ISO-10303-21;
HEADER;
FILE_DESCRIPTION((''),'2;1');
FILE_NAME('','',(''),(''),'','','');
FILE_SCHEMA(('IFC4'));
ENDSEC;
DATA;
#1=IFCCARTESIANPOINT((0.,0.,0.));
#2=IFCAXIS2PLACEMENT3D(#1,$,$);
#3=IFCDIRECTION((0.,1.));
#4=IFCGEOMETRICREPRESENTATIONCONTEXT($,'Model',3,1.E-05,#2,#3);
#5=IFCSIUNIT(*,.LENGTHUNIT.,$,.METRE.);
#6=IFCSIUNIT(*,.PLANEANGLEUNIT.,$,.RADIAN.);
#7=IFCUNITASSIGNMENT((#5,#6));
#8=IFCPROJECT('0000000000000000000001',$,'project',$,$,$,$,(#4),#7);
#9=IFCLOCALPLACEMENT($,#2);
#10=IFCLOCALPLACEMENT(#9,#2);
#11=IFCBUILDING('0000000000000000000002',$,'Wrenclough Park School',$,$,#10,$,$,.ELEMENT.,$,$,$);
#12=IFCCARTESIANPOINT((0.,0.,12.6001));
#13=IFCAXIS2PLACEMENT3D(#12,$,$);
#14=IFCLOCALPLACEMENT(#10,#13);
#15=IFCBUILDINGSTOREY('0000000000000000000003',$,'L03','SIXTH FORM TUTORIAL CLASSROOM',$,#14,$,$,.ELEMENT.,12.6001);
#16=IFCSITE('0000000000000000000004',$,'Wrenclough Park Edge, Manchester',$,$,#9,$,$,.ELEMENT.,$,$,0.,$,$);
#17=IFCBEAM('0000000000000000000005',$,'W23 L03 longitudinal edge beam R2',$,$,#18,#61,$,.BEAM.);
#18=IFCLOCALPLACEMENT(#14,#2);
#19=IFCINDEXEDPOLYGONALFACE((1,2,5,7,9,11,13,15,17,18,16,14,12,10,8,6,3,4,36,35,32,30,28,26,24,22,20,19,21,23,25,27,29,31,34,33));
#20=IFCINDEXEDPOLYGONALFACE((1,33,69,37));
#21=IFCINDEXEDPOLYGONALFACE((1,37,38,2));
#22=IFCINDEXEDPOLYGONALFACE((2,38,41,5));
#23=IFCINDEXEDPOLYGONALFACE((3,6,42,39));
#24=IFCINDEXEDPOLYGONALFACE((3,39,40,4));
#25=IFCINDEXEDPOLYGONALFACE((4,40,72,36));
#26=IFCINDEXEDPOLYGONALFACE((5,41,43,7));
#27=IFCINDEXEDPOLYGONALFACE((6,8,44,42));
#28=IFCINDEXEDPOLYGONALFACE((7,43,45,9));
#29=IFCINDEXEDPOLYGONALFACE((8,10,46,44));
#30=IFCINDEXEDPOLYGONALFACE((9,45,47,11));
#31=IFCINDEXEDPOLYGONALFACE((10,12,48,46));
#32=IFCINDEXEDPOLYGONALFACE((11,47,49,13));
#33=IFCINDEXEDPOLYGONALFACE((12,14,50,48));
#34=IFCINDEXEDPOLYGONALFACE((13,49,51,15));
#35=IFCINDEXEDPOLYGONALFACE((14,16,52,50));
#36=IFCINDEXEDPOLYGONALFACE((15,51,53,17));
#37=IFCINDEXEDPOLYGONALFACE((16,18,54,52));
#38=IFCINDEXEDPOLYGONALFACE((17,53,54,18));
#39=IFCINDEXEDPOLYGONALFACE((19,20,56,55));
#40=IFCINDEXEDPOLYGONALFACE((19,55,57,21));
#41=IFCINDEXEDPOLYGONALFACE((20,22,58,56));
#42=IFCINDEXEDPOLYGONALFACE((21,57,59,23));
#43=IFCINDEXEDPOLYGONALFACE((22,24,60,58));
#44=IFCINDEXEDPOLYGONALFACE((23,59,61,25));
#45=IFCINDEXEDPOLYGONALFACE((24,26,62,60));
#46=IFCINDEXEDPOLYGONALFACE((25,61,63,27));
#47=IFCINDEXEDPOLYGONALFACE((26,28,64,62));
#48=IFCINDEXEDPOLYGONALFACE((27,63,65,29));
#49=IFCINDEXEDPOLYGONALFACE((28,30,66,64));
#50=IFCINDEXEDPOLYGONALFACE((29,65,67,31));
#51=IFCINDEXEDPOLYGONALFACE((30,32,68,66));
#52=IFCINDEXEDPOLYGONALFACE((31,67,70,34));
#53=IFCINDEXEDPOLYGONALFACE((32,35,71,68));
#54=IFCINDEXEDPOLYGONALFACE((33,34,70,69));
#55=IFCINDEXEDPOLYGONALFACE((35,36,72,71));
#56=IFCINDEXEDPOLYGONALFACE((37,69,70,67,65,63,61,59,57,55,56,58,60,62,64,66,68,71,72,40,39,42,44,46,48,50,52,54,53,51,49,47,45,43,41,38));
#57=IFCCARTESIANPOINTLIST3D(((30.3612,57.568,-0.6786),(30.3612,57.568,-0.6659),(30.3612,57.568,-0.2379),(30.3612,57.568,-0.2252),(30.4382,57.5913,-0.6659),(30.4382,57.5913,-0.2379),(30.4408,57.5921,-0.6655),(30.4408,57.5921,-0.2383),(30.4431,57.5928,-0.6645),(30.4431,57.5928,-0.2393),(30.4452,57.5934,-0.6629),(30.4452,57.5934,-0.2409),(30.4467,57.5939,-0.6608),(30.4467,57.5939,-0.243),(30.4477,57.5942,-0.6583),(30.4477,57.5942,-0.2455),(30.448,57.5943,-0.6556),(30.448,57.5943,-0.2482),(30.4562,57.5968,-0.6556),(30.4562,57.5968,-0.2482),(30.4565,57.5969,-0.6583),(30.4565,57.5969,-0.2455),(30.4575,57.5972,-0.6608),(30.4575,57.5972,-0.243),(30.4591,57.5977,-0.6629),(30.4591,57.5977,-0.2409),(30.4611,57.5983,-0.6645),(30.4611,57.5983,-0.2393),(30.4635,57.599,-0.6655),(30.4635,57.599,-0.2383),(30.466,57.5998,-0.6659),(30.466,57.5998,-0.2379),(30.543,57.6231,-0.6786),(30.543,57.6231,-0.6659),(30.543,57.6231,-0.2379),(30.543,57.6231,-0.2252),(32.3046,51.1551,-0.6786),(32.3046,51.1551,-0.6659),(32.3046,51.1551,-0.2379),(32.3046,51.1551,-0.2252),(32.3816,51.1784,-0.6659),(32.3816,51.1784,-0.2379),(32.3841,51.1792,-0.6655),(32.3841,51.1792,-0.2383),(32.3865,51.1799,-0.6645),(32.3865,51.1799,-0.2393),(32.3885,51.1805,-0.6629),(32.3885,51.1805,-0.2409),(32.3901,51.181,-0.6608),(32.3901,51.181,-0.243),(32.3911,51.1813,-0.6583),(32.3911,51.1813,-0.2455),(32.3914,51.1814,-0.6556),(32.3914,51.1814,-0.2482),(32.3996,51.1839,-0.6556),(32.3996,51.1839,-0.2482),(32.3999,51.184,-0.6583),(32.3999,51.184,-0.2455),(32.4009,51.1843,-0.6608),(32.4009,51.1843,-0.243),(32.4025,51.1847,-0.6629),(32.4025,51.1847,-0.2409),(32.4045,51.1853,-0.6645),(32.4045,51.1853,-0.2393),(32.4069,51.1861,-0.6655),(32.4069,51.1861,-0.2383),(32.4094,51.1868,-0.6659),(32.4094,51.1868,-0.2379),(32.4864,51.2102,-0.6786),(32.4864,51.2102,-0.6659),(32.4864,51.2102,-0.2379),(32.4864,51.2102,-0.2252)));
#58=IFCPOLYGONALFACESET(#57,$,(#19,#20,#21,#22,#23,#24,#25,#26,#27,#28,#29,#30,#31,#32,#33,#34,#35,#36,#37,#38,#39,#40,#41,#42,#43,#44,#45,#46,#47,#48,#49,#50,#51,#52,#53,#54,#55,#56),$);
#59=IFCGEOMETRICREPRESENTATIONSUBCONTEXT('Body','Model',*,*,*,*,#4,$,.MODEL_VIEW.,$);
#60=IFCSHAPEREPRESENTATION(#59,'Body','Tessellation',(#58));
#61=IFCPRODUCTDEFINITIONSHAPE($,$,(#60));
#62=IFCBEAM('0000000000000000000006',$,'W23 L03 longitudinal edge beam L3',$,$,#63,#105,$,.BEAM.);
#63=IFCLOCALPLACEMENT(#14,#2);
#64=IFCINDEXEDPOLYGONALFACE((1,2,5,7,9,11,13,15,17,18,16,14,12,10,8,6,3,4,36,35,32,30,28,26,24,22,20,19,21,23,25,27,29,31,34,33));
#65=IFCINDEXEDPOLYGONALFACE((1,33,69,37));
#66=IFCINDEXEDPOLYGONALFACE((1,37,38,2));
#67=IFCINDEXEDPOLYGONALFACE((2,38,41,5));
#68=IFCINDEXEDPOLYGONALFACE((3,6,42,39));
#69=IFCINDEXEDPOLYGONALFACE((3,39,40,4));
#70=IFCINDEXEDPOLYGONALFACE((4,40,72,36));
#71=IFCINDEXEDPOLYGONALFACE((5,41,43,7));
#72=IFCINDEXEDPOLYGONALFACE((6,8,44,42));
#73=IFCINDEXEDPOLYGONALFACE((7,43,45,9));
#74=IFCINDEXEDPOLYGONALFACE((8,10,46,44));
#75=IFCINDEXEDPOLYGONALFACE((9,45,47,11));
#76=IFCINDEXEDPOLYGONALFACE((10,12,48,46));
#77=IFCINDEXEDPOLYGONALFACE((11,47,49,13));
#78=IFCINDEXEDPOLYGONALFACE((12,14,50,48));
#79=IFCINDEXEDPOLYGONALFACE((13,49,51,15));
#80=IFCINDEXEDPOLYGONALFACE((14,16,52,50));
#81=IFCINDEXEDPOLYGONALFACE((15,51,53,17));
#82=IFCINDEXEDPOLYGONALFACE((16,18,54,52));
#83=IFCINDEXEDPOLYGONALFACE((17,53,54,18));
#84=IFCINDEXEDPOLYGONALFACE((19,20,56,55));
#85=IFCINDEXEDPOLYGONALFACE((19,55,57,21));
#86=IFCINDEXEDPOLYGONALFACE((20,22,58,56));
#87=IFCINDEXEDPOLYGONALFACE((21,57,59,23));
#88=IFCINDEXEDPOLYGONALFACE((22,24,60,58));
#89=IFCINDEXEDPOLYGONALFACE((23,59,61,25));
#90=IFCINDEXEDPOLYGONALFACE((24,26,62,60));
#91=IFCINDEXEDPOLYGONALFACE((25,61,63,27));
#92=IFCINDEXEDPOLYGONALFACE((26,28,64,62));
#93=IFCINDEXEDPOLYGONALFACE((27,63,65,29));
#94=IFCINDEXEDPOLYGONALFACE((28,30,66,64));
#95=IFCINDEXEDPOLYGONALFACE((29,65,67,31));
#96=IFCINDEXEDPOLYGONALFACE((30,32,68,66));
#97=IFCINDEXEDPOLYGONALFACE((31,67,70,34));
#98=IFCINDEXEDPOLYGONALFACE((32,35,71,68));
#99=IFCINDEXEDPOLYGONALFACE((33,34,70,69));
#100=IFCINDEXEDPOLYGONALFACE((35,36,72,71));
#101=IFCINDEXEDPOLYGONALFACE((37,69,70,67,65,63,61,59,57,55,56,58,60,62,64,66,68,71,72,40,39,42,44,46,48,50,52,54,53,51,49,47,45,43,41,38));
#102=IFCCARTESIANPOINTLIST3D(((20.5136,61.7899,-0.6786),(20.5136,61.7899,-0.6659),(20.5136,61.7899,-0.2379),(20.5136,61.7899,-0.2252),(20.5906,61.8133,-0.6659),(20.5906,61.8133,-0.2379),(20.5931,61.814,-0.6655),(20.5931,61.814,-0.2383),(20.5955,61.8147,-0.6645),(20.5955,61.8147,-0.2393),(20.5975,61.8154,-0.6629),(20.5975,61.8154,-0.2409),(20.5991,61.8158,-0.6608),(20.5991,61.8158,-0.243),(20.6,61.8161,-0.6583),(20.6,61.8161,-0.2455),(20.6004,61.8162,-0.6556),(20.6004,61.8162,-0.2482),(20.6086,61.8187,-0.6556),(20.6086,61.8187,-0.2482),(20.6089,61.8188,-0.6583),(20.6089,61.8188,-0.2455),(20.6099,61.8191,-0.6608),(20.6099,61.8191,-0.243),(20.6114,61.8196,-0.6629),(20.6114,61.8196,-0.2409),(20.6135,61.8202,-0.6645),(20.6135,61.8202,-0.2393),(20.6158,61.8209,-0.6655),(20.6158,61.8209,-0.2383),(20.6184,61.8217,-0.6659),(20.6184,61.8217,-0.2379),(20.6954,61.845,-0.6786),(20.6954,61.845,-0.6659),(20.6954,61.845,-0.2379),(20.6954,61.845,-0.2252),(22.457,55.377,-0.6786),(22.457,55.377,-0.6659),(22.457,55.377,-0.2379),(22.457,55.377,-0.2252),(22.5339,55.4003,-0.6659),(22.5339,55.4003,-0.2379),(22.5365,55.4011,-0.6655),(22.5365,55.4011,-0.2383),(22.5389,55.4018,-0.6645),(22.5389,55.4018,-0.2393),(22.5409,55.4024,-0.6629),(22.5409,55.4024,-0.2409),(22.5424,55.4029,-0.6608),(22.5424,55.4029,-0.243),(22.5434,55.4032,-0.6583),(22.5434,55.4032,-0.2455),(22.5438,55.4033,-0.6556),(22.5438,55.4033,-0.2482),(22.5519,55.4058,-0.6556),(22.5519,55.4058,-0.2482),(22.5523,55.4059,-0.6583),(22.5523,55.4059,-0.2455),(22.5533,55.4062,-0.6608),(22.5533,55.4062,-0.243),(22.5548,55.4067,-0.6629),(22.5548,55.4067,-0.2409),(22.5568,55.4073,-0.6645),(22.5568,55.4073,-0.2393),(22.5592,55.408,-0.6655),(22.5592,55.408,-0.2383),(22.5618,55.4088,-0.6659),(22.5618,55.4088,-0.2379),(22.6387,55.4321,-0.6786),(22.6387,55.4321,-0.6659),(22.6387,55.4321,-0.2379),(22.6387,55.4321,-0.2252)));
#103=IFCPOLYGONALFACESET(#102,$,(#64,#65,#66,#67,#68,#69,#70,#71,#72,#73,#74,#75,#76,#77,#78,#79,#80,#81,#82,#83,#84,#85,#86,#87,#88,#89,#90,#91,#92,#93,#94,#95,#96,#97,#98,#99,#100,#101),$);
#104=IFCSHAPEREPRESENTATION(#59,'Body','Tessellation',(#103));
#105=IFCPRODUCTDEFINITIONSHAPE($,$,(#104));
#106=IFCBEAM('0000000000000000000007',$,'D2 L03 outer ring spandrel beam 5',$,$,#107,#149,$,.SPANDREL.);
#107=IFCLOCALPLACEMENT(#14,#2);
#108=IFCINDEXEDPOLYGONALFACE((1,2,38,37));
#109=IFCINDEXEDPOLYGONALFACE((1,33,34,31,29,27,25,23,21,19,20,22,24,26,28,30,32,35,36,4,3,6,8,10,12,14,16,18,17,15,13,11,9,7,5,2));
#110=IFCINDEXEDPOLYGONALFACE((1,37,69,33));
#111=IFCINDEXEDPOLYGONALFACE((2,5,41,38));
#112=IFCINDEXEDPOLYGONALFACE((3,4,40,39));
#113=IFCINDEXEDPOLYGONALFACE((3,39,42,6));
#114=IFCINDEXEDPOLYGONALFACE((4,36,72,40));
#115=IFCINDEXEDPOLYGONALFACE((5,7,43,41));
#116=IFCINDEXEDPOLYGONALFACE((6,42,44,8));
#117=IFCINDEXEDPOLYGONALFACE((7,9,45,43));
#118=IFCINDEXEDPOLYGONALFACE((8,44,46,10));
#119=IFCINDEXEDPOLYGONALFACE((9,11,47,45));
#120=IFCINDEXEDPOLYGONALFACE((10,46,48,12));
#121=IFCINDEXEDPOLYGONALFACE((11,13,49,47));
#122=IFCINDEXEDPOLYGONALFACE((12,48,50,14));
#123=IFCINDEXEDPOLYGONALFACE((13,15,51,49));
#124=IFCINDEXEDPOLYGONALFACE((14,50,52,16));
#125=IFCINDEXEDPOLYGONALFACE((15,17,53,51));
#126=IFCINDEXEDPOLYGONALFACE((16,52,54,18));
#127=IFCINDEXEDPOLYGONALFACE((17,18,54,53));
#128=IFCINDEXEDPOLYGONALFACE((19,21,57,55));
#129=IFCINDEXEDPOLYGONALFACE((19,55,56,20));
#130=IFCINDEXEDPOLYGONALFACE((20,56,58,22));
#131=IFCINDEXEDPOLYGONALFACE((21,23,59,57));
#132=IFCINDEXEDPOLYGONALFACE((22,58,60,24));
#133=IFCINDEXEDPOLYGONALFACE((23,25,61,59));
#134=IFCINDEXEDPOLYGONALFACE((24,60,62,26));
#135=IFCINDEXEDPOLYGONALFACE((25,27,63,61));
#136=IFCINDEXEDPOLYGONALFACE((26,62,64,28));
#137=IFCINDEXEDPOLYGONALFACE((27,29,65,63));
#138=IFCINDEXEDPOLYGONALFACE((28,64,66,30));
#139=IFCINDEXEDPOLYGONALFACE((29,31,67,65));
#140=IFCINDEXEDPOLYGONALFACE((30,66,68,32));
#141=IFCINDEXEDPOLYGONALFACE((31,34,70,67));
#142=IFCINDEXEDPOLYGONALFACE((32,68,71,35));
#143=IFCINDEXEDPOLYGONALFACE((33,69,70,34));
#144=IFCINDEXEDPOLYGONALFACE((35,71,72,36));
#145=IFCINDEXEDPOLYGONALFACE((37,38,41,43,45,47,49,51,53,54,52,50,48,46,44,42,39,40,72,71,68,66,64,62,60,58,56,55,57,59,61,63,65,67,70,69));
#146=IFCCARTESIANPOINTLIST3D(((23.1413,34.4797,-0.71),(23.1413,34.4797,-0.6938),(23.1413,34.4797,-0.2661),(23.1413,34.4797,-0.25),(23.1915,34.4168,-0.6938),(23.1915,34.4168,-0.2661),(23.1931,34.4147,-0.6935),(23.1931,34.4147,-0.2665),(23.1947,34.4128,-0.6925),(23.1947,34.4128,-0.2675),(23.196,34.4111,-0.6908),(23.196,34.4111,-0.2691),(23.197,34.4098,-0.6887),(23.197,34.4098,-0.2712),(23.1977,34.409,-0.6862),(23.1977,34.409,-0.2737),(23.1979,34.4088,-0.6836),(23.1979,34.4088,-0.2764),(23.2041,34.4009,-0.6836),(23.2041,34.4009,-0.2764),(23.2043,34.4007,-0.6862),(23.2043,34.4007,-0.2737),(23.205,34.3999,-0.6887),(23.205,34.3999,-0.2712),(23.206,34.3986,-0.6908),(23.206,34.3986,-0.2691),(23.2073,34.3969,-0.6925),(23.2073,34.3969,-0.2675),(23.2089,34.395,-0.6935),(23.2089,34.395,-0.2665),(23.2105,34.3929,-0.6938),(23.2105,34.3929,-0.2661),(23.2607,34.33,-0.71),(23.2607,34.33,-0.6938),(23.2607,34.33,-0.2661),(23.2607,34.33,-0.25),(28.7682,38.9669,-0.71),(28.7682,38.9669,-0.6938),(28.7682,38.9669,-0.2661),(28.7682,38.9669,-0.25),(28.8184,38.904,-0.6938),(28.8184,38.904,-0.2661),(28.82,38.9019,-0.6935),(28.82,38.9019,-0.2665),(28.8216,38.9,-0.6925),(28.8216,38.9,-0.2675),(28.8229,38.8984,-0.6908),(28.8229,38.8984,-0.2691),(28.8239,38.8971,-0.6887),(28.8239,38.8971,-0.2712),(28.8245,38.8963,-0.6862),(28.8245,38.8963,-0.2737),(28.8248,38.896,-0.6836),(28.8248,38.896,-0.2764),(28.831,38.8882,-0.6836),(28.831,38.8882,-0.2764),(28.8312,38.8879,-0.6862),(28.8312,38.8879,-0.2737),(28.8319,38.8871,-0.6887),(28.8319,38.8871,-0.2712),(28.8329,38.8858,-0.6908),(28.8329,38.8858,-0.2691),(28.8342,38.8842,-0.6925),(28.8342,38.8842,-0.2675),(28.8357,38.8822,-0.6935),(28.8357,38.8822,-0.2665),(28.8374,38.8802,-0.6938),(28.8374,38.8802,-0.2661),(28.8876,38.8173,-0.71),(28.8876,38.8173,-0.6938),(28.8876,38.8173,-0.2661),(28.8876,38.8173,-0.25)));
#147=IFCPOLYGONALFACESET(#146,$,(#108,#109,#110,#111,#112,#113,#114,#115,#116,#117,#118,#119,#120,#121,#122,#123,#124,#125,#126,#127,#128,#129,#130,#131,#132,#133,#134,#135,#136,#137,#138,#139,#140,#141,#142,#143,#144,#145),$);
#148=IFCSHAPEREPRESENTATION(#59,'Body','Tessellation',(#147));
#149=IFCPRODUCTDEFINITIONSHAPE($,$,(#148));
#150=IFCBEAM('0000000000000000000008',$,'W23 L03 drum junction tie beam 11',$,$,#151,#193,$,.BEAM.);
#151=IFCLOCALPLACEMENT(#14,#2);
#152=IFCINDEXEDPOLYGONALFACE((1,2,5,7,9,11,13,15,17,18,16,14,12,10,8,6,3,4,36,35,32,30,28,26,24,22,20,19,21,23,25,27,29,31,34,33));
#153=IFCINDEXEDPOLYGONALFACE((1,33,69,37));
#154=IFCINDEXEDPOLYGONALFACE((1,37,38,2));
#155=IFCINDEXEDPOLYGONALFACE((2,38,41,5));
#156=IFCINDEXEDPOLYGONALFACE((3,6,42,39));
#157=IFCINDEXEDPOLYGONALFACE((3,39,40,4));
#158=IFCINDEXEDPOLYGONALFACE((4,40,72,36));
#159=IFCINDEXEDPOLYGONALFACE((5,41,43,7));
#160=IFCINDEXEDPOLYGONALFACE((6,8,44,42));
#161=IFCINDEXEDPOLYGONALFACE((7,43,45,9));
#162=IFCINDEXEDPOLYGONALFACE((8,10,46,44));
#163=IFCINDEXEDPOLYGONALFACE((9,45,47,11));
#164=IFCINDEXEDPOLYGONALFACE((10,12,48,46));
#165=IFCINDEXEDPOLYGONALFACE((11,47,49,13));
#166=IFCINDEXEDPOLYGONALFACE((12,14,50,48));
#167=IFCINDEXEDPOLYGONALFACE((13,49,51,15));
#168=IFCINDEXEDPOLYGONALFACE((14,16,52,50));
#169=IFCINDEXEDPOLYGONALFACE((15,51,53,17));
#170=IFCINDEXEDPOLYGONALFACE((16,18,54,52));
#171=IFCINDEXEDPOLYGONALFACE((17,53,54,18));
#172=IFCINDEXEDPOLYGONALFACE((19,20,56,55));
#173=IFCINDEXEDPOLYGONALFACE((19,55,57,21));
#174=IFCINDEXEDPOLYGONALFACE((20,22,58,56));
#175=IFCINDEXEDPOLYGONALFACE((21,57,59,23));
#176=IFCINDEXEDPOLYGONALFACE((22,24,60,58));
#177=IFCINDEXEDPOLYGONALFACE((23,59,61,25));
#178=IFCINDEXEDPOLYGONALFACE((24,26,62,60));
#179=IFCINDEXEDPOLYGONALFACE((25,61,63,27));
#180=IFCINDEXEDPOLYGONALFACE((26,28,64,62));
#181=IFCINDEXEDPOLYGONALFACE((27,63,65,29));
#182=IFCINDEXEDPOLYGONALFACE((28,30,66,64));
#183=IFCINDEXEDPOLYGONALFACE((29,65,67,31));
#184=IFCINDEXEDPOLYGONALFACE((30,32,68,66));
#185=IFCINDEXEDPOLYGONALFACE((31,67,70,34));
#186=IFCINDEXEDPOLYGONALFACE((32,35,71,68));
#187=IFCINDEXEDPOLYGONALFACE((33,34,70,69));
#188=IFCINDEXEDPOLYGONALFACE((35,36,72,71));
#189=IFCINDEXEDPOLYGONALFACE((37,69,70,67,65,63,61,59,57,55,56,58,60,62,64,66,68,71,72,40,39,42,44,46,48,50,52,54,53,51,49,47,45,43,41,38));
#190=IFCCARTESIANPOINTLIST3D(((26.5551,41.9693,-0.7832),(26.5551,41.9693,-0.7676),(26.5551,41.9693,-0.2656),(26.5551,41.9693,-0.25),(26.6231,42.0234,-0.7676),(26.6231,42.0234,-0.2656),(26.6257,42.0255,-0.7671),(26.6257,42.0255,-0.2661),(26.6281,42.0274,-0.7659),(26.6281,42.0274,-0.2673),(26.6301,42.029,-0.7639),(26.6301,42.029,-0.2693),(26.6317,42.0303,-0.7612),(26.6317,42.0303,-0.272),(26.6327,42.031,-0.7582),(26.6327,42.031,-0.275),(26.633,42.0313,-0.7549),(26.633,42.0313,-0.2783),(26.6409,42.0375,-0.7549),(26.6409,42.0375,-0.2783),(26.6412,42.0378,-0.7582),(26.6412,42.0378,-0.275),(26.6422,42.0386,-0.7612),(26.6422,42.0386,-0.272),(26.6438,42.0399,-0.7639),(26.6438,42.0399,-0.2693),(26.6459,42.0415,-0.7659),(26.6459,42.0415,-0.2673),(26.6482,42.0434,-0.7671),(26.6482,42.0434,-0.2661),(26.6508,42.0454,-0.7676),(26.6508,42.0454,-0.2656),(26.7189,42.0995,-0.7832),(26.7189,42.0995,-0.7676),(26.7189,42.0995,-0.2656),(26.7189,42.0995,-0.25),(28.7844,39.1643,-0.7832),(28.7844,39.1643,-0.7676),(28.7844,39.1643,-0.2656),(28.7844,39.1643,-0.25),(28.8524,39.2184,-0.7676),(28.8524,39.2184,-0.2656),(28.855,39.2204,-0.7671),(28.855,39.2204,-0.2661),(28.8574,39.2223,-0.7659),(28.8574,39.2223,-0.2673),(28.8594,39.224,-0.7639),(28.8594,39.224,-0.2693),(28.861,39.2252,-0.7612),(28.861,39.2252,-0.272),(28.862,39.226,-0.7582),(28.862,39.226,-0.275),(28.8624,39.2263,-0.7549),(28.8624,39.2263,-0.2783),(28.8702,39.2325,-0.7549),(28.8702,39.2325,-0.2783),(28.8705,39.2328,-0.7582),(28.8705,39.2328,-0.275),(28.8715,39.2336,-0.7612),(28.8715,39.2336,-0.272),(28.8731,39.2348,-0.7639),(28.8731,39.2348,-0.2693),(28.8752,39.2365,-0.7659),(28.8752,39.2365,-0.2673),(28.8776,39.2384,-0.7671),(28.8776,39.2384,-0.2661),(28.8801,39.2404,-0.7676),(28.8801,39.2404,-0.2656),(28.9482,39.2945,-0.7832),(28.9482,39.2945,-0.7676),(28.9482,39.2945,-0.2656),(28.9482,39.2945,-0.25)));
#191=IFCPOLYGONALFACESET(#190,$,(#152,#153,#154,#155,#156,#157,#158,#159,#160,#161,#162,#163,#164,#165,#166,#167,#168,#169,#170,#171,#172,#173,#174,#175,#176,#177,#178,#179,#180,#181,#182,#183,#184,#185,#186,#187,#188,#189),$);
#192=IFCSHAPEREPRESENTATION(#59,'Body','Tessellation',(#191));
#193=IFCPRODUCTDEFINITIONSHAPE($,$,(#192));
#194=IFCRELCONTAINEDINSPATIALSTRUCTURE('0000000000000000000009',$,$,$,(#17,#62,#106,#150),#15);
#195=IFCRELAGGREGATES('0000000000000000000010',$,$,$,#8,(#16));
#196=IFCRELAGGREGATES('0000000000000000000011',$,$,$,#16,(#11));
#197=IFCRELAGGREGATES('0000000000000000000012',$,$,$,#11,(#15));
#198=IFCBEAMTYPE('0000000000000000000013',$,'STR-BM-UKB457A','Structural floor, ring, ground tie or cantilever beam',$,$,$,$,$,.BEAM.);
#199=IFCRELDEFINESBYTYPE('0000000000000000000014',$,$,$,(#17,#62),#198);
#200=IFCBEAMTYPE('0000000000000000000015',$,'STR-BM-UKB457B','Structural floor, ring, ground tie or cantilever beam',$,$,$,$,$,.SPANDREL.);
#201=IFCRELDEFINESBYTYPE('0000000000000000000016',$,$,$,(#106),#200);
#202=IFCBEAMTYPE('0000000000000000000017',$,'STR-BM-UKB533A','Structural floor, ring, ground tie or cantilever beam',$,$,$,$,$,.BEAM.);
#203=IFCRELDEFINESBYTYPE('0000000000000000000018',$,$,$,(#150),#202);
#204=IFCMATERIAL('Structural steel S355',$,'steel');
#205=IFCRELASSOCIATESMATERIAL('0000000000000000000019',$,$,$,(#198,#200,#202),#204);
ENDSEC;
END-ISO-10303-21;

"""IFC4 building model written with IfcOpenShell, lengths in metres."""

from ifc_helpers import new_model, si_unit, direction, frame, origin, origin_2d, place, context, subcontext, project, spatial, i_section, extrude, material, material_profile, profile_set, type_object, element, save


model = new_model("IFC4")

# Units and contexts
model_context = context("Model", 3, precision=1e-05, world=origin(), true_north=direction((0.0, 1.0)))
body_context = subcontext(model_context, "Body", "Model", "MODEL_VIEW")
ifc_project = project(units=[si_unit("LENGTHUNIT", "METRE"), si_unit("PLANEANGLEUNIT", "RADIAN")], contexts=[model_context])

# Site, building, storey
site_placement = place(None, origin())
site = spatial("IfcSite", under=ifc_project, at=site_placement, Name="Wrenclough Park Edge, Manchester", CompositionType="ELEMENT", RefElevation=0.0)
building_placement = place(site_placement, origin())
building = spatial("IfcBuilding", under=site, at=building_placement, Name="Wrenclough Park School", CompositionType="ELEMENT")
storey_placement = place(building_placement, frame((0.0, 0.0, 12.6001)))
storey = spatial("IfcBuildingStorey", under=building, at=storey_placement, Name="L03", Description="SIXTH FORM TUTORIAL CLASSROOM", CompositionType="ELEMENT", Elevation=12.6001)

# Beams
ifc_material_1 = material(Name="Structural steel S355", Category="steel")
ifc_material_profile_1 = material_profile(ifc_material_1, i_section(OverallWidth=0.1899, OverallDepth=0.4534, WebThickness=0.0085, FlangeThickness=0.0127, FilletRadius=0.0103, at=origin_2d()), Name="UKB 457x191x67")
ifc_profile_set_1 = profile_set([ifc_material_profile_1], Name="Structural steel S355")
beam_type_1 = type_object("IfcBeamType", Name="STR-BM-UKB457A", Description="Structural floor, ring, ground tie or cantilever beam", PredefinedType="BEAM", material=ifc_profile_set_1)
for number, where, z_axis, x_axis, name in (
    (1, (32.3955, 51.1826, -0.4519), (-0.290018, 0.957021, 0.0), (-0.957021, -0.290018, 0.0), "W23 L03 longitudinal edge beam R2"),
    (2, (22.5479, 55.4045, -0.4519), (-0.290018, 0.957021, 0.0), (-0.957021, -0.290018, 0.0), "W23 L03 longitudinal edge beam L3"),
):
    element("IfcBeam", number, at=place(storey_placement, frame(where, z_axis=z_axis, x_axis=x_axis)), inside=storey, type_object=beam_type_1, Name=name, PredefinedType="BEAM", context=body_context, shape_type="SweptSolid", body=[
        extrude(i_section(OverallWidth=0.1899, OverallDepth=0.4534, WebThickness=0.0085, FlangeThickness=0.0127, FilletRadius=0.0103, at=origin_2d()), origin(), (0.0, 0.0, 1.0), 6.7009),
    ])
ifc_material_profile_2 = material_profile(ifc_material_1, i_section(OverallWidth=0.1914, OverallDepth=0.46, WebThickness=0.01, FlangeThickness=0.0161, FilletRadius=0.0103, at=origin_2d()), Name="UKB 457x191x82")
ifc_profile_set_2 = profile_set([ifc_material_profile_2], Name="Structural steel S355")
beam_type_2 = type_object("IfcBeamType", Name="STR-BM-UKB457B", Description="Structural floor, ring, ground tie or cantilever beam", PredefinedType="SPANDREL", material=ifc_profile_set_2)
beam_1_placement = place(storey_placement, frame((28.8279, 38.8921, -0.48), z_axis=(-0.781834, -0.623486, 0.0), x_axis=(0.623486, -0.781834, 0.0)))
element("IfcBeam", 3, at=beam_1_placement, inside=storey, type_object=beam_type_2, Name="D2 L03 outer ring spandrel beam 5", PredefinedType="SPANDREL", context=body_context, shape_type="SweptSolid", body=[
    extrude(i_section(OverallWidth=0.1914, OverallDepth=0.46, WebThickness=0.01, FlangeThickness=0.0161, FilletRadius=0.0103, at=origin_2d()), origin(), (0.0, 0.0, 1.0), 7.197),
])
ifc_material_profile_3 = material_profile(ifc_material_1, i_section(OverallWidth=0.2092, OverallDepth=0.5332, WebThickness=0.01, FlangeThickness=0.0156, FilletRadius=0.0127, at=origin_2d()), Name="UKB 533x210x92")
ifc_profile_set_3 = profile_set([ifc_material_profile_3], Name="Structural steel S355")
beam_type_3 = type_object("IfcBeamType", Name="STR-BM-UKB533A", Description="Structural floor, ring, ground tie or cantilever beam", PredefinedType="BEAM", material=ifc_profile_set_3)
beam_2_placement = place(storey_placement, frame((26.637, 42.0344, -0.5166), z_axis=(0.622191, -0.782866, 0.0), x_axis=(0.782866, 0.622191, 0.0)))
element("IfcBeam", 4, at=beam_2_placement, inside=storey, type_object=beam_type_3, Name="W23 L03 drum junction tie beam 11", PredefinedType="BEAM", context=body_context, shape_type="SweptSolid", body=[
    extrude(i_section(OverallWidth=0.2092, OverallDepth=0.5332, WebThickness=0.01, FlangeThickness=0.0156, FilletRadius=0.0127, at=origin_2d()), origin(), (0.0, 0.0, 1.0), 3.583),
])

save(model, "model.ifc")
